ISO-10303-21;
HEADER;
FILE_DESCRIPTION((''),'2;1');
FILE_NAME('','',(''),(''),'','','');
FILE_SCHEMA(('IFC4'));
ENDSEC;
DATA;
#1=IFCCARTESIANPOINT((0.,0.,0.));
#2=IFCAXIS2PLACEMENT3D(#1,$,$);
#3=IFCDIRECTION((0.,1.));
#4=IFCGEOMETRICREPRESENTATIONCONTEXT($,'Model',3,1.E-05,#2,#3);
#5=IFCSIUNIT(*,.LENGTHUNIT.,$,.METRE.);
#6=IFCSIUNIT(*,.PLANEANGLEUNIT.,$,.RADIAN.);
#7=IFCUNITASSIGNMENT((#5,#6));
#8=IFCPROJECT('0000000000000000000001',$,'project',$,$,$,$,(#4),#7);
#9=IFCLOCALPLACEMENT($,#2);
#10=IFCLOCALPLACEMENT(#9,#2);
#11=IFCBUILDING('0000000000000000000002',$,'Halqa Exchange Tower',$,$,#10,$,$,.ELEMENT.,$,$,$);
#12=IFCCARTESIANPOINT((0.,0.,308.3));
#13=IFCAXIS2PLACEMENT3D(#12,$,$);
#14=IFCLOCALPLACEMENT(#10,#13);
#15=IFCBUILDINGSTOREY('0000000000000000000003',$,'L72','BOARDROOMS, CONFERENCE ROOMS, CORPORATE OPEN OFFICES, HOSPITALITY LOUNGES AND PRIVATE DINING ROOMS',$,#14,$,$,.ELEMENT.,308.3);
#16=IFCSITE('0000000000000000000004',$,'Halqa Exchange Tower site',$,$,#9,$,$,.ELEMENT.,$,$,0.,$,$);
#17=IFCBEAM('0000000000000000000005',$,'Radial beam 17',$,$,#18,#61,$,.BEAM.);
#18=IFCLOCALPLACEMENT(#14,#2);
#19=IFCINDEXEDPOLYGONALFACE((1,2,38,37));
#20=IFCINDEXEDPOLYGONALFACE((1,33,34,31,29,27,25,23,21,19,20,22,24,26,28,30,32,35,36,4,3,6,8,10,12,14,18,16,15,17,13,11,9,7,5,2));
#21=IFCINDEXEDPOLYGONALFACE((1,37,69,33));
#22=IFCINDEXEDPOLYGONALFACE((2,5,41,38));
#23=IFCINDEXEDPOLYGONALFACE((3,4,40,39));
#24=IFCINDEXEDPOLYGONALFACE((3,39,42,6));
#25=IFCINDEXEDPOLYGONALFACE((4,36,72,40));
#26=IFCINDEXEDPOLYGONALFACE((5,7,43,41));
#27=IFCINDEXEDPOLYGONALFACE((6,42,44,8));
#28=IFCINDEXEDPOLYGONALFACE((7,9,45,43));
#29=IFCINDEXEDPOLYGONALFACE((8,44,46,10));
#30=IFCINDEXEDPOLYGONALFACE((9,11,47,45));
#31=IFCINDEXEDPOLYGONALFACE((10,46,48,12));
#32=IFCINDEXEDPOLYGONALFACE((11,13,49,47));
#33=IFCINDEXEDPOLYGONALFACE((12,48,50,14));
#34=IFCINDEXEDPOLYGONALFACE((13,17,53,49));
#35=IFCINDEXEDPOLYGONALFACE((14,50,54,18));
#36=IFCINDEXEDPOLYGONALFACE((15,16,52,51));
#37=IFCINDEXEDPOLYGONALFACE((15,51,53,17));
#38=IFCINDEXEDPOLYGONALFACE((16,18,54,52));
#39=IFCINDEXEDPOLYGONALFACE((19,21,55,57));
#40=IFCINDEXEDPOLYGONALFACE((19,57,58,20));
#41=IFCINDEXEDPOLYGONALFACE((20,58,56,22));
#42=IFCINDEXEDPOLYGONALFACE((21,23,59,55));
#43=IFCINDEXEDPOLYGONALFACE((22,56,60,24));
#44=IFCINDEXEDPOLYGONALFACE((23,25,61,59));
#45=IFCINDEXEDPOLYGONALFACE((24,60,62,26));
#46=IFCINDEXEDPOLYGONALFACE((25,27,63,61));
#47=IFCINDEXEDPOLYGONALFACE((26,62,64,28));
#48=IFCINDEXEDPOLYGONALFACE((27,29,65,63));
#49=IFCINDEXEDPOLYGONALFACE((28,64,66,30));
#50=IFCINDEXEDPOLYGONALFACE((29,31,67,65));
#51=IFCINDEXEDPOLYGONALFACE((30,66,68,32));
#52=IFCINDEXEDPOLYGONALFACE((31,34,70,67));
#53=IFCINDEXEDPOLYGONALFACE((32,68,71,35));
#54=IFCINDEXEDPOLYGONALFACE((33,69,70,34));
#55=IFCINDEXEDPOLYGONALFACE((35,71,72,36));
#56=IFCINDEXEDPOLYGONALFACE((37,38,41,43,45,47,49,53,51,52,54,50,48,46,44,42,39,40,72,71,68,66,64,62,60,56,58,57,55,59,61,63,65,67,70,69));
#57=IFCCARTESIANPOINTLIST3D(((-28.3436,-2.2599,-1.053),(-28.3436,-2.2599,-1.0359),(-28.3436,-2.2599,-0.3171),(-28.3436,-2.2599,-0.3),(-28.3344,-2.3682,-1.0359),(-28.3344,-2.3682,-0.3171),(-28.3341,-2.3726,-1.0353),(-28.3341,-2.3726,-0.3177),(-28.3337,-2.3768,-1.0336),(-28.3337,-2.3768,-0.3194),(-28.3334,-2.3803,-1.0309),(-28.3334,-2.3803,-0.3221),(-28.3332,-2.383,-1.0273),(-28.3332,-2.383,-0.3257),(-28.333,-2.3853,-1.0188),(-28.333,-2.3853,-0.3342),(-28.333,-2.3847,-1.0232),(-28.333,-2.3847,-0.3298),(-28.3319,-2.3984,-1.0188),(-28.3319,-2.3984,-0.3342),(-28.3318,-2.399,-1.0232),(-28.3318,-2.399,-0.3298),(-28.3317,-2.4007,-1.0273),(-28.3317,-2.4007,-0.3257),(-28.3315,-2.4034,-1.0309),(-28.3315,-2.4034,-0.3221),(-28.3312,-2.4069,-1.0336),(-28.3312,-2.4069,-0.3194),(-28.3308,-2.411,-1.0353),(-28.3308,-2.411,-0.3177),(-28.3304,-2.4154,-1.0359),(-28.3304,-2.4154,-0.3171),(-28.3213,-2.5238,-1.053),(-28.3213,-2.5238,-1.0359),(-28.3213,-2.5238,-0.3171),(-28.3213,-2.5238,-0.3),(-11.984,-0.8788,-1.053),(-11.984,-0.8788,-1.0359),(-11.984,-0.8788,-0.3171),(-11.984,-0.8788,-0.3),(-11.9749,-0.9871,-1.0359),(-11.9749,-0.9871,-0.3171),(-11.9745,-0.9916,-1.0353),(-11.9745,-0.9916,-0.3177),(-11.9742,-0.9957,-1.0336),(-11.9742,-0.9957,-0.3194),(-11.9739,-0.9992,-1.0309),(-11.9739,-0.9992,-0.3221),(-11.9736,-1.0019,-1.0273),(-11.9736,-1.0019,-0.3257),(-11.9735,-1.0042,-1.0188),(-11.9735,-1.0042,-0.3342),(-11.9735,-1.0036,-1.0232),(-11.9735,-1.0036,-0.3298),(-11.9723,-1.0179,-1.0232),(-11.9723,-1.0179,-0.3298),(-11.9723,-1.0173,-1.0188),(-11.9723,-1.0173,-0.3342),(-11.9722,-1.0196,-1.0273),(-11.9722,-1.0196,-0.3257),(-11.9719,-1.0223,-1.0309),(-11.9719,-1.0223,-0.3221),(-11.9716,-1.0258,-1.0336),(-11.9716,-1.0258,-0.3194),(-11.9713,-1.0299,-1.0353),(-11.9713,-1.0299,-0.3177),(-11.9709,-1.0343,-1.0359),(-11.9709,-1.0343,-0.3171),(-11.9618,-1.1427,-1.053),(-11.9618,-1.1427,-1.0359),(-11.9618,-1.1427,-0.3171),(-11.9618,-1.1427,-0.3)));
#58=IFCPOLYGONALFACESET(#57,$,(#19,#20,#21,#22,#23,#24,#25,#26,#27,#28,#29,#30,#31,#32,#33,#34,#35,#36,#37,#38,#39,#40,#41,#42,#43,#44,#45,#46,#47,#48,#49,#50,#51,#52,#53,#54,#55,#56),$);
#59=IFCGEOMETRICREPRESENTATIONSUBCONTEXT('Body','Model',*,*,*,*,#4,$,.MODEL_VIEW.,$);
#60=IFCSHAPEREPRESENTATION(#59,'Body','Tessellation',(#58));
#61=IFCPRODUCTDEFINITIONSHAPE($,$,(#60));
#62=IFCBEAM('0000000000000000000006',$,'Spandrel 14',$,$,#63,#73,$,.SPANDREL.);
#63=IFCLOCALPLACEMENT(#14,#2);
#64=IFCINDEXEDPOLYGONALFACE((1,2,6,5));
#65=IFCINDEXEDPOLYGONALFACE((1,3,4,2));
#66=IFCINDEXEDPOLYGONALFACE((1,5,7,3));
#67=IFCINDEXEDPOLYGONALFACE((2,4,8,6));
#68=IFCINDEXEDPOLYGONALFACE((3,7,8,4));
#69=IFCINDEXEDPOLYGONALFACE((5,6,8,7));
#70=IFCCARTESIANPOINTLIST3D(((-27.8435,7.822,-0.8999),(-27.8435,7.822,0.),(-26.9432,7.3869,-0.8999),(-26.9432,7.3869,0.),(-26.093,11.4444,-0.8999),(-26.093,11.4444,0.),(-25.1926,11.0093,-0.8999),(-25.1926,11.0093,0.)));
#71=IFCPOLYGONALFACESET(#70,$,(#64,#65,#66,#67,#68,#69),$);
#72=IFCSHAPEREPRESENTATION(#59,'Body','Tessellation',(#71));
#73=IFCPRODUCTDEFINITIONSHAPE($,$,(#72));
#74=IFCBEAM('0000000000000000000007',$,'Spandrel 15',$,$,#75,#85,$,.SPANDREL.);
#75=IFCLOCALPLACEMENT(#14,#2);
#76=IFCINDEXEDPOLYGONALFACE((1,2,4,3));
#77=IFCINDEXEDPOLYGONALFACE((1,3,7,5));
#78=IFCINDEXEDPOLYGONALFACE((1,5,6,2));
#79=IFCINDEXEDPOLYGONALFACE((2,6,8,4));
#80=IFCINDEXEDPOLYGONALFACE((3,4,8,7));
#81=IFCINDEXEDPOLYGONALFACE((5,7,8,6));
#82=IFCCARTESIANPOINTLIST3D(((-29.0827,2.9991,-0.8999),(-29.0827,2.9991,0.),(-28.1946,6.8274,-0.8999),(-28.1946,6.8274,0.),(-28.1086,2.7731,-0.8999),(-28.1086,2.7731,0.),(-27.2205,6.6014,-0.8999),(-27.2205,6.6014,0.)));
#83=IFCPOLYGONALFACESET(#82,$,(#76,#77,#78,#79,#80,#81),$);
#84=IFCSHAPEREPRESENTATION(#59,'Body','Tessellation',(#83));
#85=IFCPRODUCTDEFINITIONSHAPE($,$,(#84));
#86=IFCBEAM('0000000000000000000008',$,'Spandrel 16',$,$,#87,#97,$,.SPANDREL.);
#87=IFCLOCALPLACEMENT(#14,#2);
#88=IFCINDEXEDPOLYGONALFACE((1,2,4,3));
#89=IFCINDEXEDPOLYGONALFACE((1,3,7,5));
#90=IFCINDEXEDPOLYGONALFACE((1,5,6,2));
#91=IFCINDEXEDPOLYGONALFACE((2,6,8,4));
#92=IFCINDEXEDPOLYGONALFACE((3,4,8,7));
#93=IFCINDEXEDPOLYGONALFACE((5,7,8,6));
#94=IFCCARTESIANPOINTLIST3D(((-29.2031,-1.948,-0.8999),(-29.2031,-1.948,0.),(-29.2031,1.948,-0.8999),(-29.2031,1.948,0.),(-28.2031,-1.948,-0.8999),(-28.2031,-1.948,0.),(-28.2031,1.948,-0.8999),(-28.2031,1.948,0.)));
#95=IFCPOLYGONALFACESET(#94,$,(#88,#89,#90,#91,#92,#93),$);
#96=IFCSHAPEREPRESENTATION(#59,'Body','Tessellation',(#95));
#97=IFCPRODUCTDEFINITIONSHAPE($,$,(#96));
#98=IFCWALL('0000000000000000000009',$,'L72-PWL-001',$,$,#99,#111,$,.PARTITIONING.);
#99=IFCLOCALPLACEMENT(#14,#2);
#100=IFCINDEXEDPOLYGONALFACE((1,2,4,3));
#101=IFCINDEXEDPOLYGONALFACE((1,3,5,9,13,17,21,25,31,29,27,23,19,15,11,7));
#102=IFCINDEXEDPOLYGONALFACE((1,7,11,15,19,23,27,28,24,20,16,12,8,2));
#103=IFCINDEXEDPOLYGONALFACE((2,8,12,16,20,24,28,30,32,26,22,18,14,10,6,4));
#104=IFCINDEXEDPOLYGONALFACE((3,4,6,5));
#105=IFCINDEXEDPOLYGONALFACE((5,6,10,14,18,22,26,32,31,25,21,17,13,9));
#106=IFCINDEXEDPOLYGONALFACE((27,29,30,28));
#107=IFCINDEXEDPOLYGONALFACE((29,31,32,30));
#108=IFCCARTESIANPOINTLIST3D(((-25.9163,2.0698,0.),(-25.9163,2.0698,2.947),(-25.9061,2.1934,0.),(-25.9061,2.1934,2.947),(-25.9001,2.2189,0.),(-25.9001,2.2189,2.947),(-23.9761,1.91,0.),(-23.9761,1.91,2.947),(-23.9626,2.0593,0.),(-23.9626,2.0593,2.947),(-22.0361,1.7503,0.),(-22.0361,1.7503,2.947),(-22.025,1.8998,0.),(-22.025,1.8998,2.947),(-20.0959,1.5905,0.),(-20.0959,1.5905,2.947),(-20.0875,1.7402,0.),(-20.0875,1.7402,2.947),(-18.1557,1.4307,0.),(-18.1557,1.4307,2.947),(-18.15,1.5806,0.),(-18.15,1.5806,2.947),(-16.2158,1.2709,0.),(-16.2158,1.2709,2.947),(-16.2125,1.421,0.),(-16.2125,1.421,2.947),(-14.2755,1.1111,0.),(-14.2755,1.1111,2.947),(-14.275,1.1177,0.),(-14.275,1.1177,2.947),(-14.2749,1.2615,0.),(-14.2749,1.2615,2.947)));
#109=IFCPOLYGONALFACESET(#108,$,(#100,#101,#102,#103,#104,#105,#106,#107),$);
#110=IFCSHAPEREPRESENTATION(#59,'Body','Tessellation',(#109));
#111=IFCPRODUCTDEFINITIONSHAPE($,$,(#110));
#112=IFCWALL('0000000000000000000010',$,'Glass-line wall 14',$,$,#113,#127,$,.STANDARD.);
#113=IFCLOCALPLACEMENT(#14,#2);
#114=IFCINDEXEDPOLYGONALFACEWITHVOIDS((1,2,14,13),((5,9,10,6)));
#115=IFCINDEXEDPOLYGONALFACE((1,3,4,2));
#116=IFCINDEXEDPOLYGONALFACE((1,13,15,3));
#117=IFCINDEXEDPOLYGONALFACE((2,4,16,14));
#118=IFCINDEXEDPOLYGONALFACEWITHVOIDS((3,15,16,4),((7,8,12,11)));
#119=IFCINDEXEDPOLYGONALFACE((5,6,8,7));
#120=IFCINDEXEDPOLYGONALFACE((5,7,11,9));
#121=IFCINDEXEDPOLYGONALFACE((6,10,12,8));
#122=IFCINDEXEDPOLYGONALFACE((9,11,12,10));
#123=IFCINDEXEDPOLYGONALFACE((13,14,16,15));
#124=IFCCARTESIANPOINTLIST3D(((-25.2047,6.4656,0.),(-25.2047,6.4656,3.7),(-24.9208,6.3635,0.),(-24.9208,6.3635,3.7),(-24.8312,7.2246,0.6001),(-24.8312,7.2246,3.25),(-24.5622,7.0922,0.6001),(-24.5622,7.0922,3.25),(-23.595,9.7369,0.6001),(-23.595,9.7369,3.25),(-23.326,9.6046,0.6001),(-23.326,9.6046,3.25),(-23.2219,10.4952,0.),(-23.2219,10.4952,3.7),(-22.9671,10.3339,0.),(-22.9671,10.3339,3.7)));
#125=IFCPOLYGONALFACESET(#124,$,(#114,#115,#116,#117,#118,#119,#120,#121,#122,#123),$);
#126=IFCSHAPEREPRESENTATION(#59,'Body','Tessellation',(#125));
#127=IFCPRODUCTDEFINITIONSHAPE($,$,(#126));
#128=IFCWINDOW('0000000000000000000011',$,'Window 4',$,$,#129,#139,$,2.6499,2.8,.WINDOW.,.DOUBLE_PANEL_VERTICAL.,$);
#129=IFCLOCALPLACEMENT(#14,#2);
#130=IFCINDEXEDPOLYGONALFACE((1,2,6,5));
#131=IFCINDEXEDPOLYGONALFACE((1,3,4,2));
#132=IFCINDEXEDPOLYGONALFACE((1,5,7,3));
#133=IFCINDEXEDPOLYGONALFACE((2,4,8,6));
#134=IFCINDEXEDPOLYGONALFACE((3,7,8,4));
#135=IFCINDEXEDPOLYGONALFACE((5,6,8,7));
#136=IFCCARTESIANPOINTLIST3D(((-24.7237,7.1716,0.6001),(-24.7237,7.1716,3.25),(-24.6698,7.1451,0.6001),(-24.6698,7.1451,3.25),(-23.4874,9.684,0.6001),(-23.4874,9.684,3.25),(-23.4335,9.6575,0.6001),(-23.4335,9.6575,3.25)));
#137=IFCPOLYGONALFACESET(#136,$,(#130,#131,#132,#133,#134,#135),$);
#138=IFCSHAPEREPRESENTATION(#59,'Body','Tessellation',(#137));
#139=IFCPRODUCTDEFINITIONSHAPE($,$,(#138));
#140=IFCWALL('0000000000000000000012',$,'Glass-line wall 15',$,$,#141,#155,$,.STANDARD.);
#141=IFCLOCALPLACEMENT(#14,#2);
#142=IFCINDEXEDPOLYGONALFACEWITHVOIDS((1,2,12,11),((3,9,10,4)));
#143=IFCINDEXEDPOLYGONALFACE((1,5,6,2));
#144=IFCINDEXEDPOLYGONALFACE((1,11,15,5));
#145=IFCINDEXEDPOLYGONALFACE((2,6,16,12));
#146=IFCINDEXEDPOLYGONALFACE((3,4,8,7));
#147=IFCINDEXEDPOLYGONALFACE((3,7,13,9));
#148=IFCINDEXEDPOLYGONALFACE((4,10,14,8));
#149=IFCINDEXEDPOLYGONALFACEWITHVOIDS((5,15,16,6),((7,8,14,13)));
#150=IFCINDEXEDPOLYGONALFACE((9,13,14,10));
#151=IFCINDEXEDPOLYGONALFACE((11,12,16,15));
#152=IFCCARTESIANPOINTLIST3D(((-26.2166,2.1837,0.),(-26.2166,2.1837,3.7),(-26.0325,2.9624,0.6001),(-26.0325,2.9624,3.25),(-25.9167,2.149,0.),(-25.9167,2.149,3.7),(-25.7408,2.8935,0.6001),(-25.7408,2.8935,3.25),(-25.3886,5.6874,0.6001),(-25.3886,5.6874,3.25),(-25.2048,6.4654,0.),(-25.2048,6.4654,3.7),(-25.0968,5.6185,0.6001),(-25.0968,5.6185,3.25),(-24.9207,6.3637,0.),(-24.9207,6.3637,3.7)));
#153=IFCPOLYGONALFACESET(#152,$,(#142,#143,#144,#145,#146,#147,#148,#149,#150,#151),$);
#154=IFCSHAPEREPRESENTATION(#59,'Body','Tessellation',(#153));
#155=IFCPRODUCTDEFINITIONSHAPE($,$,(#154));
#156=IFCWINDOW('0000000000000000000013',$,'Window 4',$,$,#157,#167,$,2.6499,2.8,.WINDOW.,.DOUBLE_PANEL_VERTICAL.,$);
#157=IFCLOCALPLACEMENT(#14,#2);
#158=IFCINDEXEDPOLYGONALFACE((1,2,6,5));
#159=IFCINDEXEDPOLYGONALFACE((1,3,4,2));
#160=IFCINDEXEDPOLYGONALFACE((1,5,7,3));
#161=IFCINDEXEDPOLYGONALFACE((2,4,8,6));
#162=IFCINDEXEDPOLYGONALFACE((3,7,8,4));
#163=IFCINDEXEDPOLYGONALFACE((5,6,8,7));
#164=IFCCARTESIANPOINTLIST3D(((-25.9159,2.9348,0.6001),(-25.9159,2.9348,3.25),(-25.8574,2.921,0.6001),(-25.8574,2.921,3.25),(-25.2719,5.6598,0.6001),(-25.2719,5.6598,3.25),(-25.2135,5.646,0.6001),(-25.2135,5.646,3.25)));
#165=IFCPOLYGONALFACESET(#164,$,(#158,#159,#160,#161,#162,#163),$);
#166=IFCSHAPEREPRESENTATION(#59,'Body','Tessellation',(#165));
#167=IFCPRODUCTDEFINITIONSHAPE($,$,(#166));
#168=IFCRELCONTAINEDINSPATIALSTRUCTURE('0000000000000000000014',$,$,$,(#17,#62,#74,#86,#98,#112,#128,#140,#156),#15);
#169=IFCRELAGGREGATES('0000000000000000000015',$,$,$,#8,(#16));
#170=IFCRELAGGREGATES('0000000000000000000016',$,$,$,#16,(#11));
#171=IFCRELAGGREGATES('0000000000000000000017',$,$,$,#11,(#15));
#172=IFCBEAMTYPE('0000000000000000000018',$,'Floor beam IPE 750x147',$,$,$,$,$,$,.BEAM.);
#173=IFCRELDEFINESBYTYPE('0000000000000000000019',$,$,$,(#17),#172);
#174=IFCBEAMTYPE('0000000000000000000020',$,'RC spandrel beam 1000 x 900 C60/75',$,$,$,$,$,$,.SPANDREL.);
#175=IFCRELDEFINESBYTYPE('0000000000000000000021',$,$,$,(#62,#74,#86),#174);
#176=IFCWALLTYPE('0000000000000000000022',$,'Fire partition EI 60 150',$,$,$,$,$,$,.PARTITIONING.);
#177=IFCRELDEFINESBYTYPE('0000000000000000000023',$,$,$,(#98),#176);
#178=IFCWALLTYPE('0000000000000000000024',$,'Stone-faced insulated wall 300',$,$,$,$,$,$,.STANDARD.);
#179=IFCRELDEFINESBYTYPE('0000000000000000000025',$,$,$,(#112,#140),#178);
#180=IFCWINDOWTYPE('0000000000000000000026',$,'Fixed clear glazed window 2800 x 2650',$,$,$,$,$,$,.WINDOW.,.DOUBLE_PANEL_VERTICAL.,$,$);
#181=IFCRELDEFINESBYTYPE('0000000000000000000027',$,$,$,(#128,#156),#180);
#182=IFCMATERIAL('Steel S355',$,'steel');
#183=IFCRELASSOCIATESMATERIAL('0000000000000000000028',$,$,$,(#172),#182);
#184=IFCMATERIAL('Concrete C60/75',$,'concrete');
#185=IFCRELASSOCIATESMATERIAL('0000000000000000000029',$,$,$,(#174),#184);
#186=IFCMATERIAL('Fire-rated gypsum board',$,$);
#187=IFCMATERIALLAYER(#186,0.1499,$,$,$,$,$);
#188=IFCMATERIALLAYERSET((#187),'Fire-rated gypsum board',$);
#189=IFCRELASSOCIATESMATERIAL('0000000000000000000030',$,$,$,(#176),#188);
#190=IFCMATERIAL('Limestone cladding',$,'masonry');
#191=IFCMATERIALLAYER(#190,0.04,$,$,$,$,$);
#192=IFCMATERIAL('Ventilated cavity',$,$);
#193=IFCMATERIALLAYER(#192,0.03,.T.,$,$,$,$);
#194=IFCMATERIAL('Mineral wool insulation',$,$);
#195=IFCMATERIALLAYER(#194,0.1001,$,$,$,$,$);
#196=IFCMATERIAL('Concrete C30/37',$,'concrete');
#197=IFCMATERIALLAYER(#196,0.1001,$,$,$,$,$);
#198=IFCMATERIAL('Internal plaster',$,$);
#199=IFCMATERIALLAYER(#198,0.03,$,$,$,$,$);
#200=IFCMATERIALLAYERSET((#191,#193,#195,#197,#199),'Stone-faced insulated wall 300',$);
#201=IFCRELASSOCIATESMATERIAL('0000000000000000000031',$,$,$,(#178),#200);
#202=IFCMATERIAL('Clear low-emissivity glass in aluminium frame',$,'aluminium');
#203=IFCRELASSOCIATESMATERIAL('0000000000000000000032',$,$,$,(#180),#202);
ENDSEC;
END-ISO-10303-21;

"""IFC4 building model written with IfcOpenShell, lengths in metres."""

from ifc_helpers import new_model, si_unit, direction, frame, frame_2d, origin, origin_2d, place, context, subcontext, project, spatial, polyline, rectangle, i_section, outline, extrude, material, layer, layer_set, material_profile, profile_set, type_object, element, fill, save


model = new_model("IFC4")

# Units and contexts
model_context = context("Model", 3, precision=1e-05, world=origin(), true_north=direction((0.0, 1.0)))
body_context = subcontext(model_context, "Body", "Model", "MODEL_VIEW")
ifc_project = project(units=[si_unit("LENGTHUNIT", "METRE"), si_unit("PLANEANGLEUNIT", "RADIAN")], contexts=[model_context])

# Site, building, storey
site_placement = place(None, origin())
site = spatial("IfcSite", under=ifc_project, at=site_placement, Name="Halqa Exchange Tower site", CompositionType="ELEMENT", RefElevation=0.0)
building_placement = place(site_placement, origin())
building = spatial("IfcBuilding", under=site, at=building_placement, Name="Halqa Exchange Tower", CompositionType="ELEMENT")
storey_placement = place(building_placement, frame((0.0, 0.0, 308.3)))
storey = spatial("IfcBuildingStorey", under=building, at=storey_placement, Name="L72", Description="BOARDROOMS, CONFERENCE ROOMS, CORPORATE OPEN OFFICES, HOSPITALITY LOUNGES AND PRIVATE DINING ROOMS", CompositionType="ELEMENT", Elevation=308.3)

# Beams
ifc_material_1 = material(Name="Steel S355", Category="steel")
ifc_material_profile_1 = material_profile(ifc_material_1, i_section(OverallWidth=0.2649, OverallDepth=0.7529, WebThickness=0.0132, FlangeThickness=0.0171, FilletRadius=0.0171, at=origin_2d()), Name="IPE 750x147")
ifc_profile_set_1 = profile_set([ifc_material_profile_1], Name="Steel S355")
beam_type_1 = type_object("IfcBeamType", Name="Floor beam IPE 750x147", PredefinedType="BEAM", material=ifc_profile_set_1)
for number, where, z_axis, x_axis, name in (
    (1, (-11.9729, -1.0107, -0.6765), (-0.996455, -0.084122, 0.0), (0.084122, -0.996455, 0.0), "Radial beam 17"),
):
    element("IfcBeam", number, at=place(storey_placement, frame(where, z_axis=z_axis, x_axis=x_axis)), inside=storey, type_object=beam_type_1, Name=name, PredefinedType="BEAM", context=body_context, shape_type="SweptSolid", body=[
        extrude(i_section(OverallWidth=0.2649, OverallDepth=0.7529, WebThickness=0.0132, FlangeThickness=0.0171, FilletRadius=0.0171, at=origin_2d()), origin(), (0.0, 0.0, 1.0), 16.4177),
    ])
ifc_material_2 = material(Name="Concrete C60/75", Category="concrete")
ifc_material_profile_2 = material_profile(ifc_material_2, rectangle(XDim=1.0, YDim=0.8999, at=origin_2d()), Name="1000 x 900")
ifc_profile_set_2 = profile_set([ifc_material_profile_2], Name="Concrete C60/75")
beam_type_2 = type_object("IfcBeamType", Name="RC spandrel beam 1000 x 900 C60/75", PredefinedType="SPANDREL", material=ifc_profile_set_2)
beam_1_placement = place(storey_placement, frame((-25.6428, 11.2268, -0.45), z_axis=(-0.435109, -0.900378, 0.0), x_axis=(0.900378, -0.435109, 0.0)))
element("IfcBeam", 2, at=beam_1_placement, inside=storey, type_object=beam_type_2, Name="Spandrel 14", PredefinedType="SPANDREL", context=body_context, shape_type="SweptSolid", body=[
    extrude(rectangle(XDim=1.0, YDim=0.8999, at=origin_2d()), origin(), (0.0, 0.0, 1.0), 4.0232),
])
beam_2_placement = place(storey_placement, frame((-27.7075, 6.7144, -0.45), z_axis=(-0.225998, -0.974128, 0.0), x_axis=(0.974128, -0.225998, 0.0)))
element("IfcBeam", 3, at=beam_2_placement, inside=storey, type_object=beam_type_2, Name="Spandrel 15", PredefinedType="SPANDREL", context=body_context, shape_type="SweptSolid", body=[
    extrude(rectangle(XDim=1.0, YDim=0.8999, at=origin_2d()), origin(), (0.0, 0.0, 1.0), 3.9299),
])
beam_3_placement = place(storey_placement, frame((-28.7031, 1.948, -0.45), z_axis=(0.0, -1.0, 0.0), x_axis=(1.0, 0.0, 0.0)))
element("IfcBeam", 4, at=beam_3_placement, inside=storey, type_object=beam_type_2, Name="Spandrel 16", PredefinedType="SPANDREL", context=body_context, shape_type="SweptSolid", body=[
    extrude(rectangle(XDim=1.0, YDim=0.8999, at=origin_2d()), origin(), (0.0, 0.0, 1.0), 3.896),
])

# Wall
ifc_material_3 = material(Name="Fire-rated gypsum board")
ifc_layer_1 = layer(ifc_material_3, 0.1499)
ifc_layer_set_1 = layer_set([ifc_layer_1], Name="Fire-rated gypsum board")
wall_type_1 = type_object("IfcWallType", Name="Fire partition EI 60 150", PredefinedType="PARTITIONING", material=ifc_layer_set_1)
wall_1_placement = place(storey_placement, frame((-25.9102, 2.1445, 0.0), z_axis=(0.0, 0.0, 1.0), x_axis=(0.996626, -0.082082, 0.0)))
element("IfcWall", 5, at=wall_1_placement, inside=storey, type_object=wall_type_1, Name="L72-PWL-001", PredefinedType="PARTITIONING", context=body_context, shape_type="SweptSolid", body=[
    extrude(outline(polyline([(11.6802, -0.075), (11.6802, -0.0684), (11.6685, 0.075), (9.7244, 0.075), (7.7803, 0.075), (5.8362, 0.075), (3.8921, 0.075), (1.948, 0.075), (0.0039, 0.075), (0.0, 0.0491), (0.0, -0.075), (1.9468, -0.075), (3.8933, -0.075), (5.8401, -0.075), (7.7869, -0.075), (9.7334, -0.075), (11.6802, -0.075)])), origin(), (0.0, 0.0, 1.0), 2.947),
])

# Walls, openings, windows
ifc_material_4 = material(Name="Limestone cladding", Category="masonry")
ifc_layer_2 = layer(ifc_material_4, 0.04)
ifc_material_5 = material(Name="Ventilated cavity")
ifc_layer_3 = layer(ifc_material_5, 0.03, ventilated=True)
ifc_material_6 = material(Name="Mineral wool insulation")
ifc_layer_4 = layer(ifc_material_6, 0.1001)
ifc_material_7 = material(Name="Concrete C30/37", Category="concrete")
ifc_layer_5 = layer(ifc_material_7, 0.1001)
ifc_material_8 = material(Name="Internal plaster")
ifc_layer_6 = layer(ifc_material_8, 0.03)
ifc_layer_set_2 = layer_set([ifc_layer_2, ifc_layer_3, ifc_layer_4, ifc_layer_5, ifc_layer_6], Name="Stone-faced insulated wall 300")
wall_type_2 = type_object("IfcWallType", Name="Stone-faced insulated wall 300", PredefinedType="STANDARD", material=ifc_layer_set_2)
wall_2_placement = place(storey_placement, frame((-23.0945, 10.4146, 0.0), z_axis=(0.0, 0.0, 1.0), x_axis=(-0.441509, -0.897257, 0.0)))
wall_2 = element("IfcWall", 6, at=wall_2_placement, inside=storey, type_object=wall_type_2, Name="Glass-line wall 14", PredefinedType="STANDARD", context=body_context, shape_type="SweptSolid", body=[
    extrude(outline(polyline([(-0.0161, -0.1499), (4.4749, -0.1499), (4.4412, 0.1499), (0.0161, 0.1499), (-0.0161, -0.1499)])), origin(), (0.0, 0.0, 1.0), 3.7),
])
opening_1_placement = place(wall_2_placement, frame((0.8291, 0.0, 0.6001)))
opening_1 = element("IfcOpeningElement", 7, at=opening_1_placement, cuts=wall_2, PredefinedType="OPENING", context=body_context, shape_type="SweptSolid", body=[
    extrude(rectangle(XDim=2.8, YDim=2.6499, at=frame_2d((1.3999, 1.325))), frame((0.0, 0.1621, 0.0), z_axis=(0.0, -1.0, 0.0), x_axis=(1.0, 0.0, 0.0)), (0.0, 0.0, 1.0), 0.324),
])
ifc_material_9 = material(Name="Clear low-emissivity glass in aluminium frame", Category="aluminium")
window_type = type_object("IfcWindowType", Name="Fixed clear glazed window 2800 x 2650", PartitioningType="DOUBLE_PANEL_VERTICAL", PredefinedType="WINDOW", material=ifc_material_9)
window_1_placement = place(opening_1_placement, origin())
window_1 = element("IfcWindow", 8, at=window_1_placement, inside=storey, type_object=window_type, Name="Window 4", OverallHeight=2.6499, OverallWidth=2.8, PartitioningType="DOUBLE_PANEL_VERTICAL", PredefinedType="WINDOW", context=body_context, shape_type="SweptSolid", body=[
    extrude(rectangle(XDim=2.8, YDim=2.6499, at=frame_2d((1.3999, 1.325))), frame((0.0, 0.03, 0.0), z_axis=(0.0, -1.0, 0.0), x_axis=(1.0, 0.0, 0.0)), (0.0, 0.0, 1.0), 0.0601),
])
fill(opening_1, window_1)
wall_3_placement = place(storey_placement, frame((-25.0627, 6.4146, 0.0), z_axis=(0.0, 0.0, 1.0), x_axis=(-0.229974, -0.973197, 0.0)))
wall_3 = element("IfcWall", 9, at=wall_3_placement, inside=storey, type_object=wall_type_2, Name="Glass-line wall 15", PredefinedType="STANDARD", context=body_context, shape_type="SweptSolid", body=[
    extrude(outline(polyline([(-0.0168, -0.1499), (4.3828, -0.1499), (4.3477, 0.1499), (0.0168, 0.1499), (-0.0168, -0.1499)])), origin(), (0.0, 0.0, 1.0), 3.7),
])
opening_2_placement = place(wall_3_placement, frame((0.7827, 0.0, 0.6001)))
opening_2 = element("IfcOpeningElement", 10, at=opening_2_placement, cuts=wall_3, PredefinedType="OPENING", context=body_context, shape_type="SweptSolid", body=[
    extrude(rectangle(XDim=2.8, YDim=2.6499, at=frame_2d((1.3999, 1.325))), frame((0.0, 0.1621, 0.0), z_axis=(0.0, -1.0, 0.0), x_axis=(1.0, 0.0, 0.0)), (0.0, 0.0, 1.0), 0.324),
])
window_2_placement = place(opening_2_placement, origin())
window_2 = element("IfcWindow", 11, at=window_2_placement, inside=storey, type_object=window_type, Name="Window 4", OverallHeight=2.6499, OverallWidth=2.8, PartitioningType="DOUBLE_PANEL_VERTICAL", PredefinedType="WINDOW", context=body_context, shape_type="SweptSolid", body=[
    extrude(rectangle(XDim=2.8, YDim=2.6499, at=frame_2d((1.3999, 1.325))), frame((0.0, 0.03, 0.0), z_axis=(0.0, -1.0, 0.0), x_axis=(1.0, 0.0, 0.0)), (0.0, 0.0, 1.0), 0.0601),
])
fill(opening_2, window_2)

save(model, "model.ifc")
